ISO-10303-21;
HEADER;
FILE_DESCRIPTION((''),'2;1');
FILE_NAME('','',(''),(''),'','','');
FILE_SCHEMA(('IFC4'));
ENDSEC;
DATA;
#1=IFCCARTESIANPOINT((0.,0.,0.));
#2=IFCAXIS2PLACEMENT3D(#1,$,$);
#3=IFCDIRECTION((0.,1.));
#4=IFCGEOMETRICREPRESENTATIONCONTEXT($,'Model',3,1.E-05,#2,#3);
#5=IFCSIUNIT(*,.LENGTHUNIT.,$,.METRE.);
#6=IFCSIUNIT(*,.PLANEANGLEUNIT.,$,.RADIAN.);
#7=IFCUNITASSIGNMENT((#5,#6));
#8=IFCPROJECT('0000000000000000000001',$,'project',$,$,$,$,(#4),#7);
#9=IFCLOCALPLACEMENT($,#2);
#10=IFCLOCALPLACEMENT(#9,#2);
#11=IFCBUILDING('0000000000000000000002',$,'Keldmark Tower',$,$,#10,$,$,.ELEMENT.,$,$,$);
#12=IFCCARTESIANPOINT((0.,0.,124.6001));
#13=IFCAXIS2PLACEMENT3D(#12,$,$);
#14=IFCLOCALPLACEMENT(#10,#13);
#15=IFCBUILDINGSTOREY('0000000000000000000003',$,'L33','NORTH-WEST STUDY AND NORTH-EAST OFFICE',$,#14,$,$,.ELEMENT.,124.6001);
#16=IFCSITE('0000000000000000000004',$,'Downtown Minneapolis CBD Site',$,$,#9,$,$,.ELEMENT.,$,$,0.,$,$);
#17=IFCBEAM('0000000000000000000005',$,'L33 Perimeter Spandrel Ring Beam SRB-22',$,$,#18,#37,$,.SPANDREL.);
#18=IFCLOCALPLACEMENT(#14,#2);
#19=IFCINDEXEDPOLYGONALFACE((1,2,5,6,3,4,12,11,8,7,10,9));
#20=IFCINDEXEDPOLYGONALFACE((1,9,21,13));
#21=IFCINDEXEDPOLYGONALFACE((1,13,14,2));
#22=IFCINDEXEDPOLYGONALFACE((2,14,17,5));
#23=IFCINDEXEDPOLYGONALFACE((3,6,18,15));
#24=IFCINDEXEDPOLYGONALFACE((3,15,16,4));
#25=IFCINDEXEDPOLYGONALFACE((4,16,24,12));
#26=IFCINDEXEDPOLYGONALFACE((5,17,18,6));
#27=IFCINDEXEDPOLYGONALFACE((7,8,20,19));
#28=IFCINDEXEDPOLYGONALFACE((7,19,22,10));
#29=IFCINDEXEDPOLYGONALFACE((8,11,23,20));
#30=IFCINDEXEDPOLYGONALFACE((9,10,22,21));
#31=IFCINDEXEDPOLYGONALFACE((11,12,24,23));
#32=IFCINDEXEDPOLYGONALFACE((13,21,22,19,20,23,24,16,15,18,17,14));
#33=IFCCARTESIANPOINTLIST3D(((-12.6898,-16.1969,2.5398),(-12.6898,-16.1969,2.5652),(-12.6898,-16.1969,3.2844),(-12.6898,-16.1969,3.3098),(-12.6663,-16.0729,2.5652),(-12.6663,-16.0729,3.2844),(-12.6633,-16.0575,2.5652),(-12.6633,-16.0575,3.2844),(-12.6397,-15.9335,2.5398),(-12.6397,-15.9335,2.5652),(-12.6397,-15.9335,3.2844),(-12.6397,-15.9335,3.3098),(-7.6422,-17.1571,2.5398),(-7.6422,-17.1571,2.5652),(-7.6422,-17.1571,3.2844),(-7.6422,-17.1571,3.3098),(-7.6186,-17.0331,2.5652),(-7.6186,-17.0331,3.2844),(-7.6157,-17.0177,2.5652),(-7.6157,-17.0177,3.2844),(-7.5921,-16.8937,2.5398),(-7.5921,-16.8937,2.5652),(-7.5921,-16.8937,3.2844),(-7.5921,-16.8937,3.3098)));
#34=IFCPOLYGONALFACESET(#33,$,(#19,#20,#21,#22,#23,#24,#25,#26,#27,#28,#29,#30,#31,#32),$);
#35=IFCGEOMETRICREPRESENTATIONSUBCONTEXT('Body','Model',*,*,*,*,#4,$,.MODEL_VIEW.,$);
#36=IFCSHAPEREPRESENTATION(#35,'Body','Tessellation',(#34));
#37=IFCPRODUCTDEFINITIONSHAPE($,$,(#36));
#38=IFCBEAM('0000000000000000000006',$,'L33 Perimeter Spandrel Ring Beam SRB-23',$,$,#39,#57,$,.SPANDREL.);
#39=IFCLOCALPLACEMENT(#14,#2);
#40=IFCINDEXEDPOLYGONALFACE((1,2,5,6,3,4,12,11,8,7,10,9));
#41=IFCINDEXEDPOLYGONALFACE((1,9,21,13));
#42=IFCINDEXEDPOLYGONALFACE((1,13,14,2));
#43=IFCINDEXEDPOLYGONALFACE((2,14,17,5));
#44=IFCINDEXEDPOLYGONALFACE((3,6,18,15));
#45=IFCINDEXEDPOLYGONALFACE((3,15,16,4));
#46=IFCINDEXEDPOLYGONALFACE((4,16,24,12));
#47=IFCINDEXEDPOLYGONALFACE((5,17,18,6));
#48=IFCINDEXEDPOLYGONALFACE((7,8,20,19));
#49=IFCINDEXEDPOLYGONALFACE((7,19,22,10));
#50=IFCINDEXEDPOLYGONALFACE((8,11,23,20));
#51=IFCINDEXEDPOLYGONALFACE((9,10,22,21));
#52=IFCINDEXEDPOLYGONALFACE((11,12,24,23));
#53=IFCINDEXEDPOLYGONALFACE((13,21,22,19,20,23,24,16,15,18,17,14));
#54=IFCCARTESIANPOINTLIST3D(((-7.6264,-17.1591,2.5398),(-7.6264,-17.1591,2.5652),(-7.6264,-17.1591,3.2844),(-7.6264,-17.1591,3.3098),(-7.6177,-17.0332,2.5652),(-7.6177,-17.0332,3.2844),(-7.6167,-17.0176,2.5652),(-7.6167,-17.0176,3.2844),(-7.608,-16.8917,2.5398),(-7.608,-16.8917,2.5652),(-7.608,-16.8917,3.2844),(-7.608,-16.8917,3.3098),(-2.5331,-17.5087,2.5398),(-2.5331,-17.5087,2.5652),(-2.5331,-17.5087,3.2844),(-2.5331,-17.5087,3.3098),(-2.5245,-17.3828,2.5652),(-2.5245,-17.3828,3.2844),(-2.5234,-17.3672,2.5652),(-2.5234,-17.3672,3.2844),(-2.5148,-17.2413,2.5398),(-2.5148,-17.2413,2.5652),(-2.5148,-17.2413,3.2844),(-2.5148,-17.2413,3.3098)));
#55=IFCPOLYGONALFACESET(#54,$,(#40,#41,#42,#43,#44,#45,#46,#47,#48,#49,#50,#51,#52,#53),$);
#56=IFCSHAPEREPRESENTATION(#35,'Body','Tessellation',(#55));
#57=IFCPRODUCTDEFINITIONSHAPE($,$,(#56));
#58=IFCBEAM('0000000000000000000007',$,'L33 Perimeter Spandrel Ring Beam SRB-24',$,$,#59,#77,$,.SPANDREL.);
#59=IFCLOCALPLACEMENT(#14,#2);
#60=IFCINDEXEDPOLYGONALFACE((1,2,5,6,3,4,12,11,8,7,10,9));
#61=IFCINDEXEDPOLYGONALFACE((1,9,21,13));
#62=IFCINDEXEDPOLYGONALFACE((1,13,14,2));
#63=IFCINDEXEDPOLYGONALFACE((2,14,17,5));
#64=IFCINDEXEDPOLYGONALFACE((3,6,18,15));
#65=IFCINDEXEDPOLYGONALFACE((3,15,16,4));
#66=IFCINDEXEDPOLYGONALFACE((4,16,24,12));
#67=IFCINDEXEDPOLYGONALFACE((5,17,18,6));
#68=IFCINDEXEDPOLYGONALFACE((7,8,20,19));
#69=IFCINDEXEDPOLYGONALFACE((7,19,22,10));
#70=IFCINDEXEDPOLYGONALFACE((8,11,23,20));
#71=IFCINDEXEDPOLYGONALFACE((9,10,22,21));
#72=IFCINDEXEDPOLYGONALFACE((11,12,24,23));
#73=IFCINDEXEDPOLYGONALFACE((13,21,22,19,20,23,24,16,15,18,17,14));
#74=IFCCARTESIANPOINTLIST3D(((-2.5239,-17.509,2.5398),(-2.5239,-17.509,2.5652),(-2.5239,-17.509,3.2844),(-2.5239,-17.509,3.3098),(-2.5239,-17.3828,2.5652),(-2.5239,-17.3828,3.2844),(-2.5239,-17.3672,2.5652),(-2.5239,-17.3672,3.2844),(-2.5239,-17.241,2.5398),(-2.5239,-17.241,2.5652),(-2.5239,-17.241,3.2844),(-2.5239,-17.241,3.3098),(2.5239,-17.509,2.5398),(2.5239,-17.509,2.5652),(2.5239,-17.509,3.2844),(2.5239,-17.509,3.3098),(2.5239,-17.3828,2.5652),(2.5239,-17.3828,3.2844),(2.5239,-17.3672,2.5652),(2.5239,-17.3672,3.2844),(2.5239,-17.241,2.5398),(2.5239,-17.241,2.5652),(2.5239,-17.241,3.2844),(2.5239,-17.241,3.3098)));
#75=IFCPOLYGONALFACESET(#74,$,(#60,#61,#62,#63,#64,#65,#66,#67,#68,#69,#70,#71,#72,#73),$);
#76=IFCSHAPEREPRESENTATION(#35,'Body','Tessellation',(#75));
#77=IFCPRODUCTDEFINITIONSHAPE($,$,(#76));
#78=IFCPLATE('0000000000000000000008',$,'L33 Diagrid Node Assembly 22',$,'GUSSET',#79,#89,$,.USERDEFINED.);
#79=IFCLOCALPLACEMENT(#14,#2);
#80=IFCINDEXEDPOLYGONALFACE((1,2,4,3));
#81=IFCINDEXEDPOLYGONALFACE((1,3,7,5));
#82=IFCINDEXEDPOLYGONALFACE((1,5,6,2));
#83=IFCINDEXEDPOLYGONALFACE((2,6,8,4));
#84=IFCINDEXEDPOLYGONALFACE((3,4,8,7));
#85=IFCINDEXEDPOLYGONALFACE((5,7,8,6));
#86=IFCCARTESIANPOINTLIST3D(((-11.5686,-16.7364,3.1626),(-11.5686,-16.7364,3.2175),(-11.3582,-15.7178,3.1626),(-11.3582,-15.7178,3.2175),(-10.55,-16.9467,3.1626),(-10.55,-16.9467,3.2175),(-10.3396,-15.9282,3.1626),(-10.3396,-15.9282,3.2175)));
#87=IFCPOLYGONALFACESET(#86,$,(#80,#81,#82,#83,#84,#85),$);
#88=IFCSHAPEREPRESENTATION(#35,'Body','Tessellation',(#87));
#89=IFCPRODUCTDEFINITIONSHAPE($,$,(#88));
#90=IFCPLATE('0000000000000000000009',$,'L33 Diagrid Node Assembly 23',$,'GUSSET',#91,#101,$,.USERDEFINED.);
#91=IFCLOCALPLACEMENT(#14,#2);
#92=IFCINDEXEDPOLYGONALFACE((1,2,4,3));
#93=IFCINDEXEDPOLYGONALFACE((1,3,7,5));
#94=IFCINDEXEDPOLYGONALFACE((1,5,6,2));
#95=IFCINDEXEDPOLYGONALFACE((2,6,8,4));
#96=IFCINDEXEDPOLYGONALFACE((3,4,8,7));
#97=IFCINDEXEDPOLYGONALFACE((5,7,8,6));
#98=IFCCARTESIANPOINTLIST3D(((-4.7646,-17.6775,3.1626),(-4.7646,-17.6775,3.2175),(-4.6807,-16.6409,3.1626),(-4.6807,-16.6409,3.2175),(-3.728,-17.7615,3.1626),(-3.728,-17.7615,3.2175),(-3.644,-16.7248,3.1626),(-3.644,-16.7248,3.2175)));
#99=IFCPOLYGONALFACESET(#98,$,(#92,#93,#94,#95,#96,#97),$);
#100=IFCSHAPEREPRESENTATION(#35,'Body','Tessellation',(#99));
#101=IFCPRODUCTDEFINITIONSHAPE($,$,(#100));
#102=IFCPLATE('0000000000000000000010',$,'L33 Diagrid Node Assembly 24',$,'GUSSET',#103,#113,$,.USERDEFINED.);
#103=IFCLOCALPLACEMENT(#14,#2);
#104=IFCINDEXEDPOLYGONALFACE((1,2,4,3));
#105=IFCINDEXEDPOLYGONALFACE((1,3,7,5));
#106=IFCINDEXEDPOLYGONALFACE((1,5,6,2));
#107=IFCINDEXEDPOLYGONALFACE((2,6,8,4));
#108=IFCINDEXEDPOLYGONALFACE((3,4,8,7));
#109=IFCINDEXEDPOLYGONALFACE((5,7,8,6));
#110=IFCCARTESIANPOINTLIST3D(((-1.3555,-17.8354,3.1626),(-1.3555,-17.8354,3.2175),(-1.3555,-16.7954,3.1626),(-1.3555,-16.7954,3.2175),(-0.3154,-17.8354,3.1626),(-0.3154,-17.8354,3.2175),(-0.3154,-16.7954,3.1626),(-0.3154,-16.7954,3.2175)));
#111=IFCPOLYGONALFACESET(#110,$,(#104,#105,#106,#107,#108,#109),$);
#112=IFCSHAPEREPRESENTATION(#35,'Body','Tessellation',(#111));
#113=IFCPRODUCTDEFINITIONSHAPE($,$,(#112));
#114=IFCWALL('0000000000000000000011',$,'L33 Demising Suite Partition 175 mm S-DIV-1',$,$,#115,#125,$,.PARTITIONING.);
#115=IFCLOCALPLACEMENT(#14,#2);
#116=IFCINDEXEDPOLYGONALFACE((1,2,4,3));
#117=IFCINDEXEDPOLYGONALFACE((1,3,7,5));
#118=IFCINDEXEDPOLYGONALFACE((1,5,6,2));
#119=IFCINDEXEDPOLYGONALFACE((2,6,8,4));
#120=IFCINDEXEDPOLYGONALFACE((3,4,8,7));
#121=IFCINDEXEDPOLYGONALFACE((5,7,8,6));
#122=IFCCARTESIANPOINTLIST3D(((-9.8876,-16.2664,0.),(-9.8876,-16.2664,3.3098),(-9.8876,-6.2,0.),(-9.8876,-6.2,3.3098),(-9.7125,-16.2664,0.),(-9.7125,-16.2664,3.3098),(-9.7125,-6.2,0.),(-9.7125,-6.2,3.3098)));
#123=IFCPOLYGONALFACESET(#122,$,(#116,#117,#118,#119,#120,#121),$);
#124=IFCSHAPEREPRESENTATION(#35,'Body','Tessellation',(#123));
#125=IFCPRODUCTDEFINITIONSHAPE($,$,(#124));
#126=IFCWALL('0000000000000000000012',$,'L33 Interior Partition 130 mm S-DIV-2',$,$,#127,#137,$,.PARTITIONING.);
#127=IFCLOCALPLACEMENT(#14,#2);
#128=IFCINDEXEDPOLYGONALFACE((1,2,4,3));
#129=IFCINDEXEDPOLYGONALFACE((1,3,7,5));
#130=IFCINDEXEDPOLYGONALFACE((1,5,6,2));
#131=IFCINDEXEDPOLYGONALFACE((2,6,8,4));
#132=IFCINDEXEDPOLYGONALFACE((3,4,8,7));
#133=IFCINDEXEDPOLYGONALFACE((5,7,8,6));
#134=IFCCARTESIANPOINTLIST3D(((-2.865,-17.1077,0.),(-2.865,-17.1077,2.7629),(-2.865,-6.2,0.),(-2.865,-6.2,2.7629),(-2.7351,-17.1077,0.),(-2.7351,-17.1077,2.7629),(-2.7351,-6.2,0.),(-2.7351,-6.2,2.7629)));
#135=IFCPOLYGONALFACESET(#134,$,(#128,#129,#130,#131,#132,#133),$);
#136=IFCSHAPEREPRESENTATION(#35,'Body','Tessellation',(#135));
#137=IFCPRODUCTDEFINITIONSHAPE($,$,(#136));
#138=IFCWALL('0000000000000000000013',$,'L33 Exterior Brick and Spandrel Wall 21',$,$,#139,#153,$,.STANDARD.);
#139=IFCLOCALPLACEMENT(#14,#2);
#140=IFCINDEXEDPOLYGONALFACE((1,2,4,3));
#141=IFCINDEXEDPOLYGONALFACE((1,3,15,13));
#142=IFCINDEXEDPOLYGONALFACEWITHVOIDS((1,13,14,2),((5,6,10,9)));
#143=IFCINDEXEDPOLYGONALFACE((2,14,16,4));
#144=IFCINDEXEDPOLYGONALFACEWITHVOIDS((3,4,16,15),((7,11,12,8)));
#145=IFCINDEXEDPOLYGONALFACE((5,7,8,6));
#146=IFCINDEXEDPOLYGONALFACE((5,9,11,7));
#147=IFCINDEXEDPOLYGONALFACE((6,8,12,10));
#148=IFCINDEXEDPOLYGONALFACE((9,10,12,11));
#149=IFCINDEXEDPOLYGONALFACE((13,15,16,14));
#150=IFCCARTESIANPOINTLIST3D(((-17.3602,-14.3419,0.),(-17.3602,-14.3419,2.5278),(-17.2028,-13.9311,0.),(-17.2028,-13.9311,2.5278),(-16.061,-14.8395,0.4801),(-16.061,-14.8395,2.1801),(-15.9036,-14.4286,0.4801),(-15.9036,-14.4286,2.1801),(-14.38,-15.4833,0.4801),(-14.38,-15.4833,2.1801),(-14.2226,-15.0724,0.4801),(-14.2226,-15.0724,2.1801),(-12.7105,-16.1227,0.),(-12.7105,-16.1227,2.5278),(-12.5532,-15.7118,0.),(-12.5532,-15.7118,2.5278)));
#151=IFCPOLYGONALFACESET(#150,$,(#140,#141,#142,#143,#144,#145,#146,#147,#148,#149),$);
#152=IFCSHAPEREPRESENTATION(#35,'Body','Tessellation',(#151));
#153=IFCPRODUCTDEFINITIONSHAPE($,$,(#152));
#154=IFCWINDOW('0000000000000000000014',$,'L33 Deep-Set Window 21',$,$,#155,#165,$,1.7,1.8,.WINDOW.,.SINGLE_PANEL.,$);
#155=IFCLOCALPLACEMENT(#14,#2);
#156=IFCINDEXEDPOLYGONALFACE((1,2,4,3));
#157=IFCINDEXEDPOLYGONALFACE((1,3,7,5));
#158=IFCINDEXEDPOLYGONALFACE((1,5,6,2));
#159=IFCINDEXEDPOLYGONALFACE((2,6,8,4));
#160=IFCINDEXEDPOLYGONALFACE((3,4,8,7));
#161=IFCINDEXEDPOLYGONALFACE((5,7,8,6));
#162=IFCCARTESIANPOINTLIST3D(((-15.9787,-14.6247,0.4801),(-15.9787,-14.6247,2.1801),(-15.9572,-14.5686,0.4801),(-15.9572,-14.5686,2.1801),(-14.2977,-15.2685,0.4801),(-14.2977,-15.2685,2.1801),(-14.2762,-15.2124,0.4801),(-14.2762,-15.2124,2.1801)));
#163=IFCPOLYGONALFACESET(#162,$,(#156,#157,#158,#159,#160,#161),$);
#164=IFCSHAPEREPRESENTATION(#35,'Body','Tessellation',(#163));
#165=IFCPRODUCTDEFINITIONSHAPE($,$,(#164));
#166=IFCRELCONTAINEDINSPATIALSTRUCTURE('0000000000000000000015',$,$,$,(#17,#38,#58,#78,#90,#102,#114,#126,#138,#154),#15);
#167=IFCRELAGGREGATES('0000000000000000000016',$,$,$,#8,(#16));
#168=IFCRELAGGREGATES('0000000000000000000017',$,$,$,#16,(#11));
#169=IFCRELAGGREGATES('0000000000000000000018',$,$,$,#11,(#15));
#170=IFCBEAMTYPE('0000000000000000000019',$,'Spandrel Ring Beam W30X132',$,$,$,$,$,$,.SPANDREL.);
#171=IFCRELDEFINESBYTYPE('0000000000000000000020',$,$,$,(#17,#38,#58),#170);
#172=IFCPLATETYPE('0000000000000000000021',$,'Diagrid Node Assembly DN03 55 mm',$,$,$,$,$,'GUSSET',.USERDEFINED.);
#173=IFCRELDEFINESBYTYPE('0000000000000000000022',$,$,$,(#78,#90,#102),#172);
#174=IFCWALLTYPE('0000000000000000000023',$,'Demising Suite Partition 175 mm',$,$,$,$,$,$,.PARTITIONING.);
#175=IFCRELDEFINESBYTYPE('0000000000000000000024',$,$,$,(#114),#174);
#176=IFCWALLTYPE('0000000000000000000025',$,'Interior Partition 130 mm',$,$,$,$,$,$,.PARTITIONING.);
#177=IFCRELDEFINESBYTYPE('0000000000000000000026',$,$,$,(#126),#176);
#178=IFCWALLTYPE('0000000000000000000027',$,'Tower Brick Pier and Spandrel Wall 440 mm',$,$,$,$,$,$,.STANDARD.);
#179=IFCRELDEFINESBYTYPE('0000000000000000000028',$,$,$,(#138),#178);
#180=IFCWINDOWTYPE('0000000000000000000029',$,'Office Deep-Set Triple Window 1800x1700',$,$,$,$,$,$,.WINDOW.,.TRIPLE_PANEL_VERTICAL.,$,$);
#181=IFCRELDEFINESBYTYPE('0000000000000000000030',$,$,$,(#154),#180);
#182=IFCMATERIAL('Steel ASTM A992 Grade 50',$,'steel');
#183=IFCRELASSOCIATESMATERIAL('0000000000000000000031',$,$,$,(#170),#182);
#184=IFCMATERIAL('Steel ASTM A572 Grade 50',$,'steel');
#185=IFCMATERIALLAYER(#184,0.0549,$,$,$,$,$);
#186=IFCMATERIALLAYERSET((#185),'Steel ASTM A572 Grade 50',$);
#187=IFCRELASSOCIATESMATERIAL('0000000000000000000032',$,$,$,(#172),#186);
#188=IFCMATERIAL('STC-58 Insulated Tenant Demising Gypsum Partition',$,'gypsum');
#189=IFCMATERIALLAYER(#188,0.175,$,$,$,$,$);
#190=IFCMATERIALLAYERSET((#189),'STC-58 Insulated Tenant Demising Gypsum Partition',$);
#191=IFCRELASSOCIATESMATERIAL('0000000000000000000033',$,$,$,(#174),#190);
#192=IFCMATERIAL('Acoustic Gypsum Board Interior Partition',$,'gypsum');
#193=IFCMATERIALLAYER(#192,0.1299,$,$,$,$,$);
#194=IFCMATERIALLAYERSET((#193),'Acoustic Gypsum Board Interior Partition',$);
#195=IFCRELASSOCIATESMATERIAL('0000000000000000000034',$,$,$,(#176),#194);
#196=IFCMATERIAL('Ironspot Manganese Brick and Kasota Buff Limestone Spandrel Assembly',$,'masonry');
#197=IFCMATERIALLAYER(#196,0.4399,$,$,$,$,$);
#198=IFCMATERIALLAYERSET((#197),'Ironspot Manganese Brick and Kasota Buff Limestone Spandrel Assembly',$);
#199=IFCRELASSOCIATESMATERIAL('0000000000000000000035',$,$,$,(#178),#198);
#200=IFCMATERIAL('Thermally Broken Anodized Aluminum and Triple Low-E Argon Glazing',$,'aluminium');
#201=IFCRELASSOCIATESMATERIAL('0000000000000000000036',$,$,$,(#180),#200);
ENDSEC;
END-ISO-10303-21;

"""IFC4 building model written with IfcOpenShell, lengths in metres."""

from ifc_helpers import new_model, si_unit, direction, frame, frame_2d, origin, origin_2d, place, context, subcontext, project, spatial, rectangle, i_section, extrude, material, layer, layer_set, material_profile, profile_set, type_object, element, fill, save


model = new_model("IFC4")

# Units and contexts
model_context = context("Model", 3, precision=1e-05, world=origin(), true_north=direction((0.0, 1.0)))
body_context = subcontext(model_context, "Body", "Model", "MODEL_VIEW")
ifc_project = project(units=[si_unit("LENGTHUNIT", "METRE"), si_unit("PLANEANGLEUNIT", "RADIAN")], contexts=[model_context])

# Site, building, storey
site_placement = place(None, origin())
site = spatial("IfcSite", under=ifc_project, at=site_placement, Name="Downtown Minneapolis CBD Site", CompositionType="ELEMENT", RefElevation=0.0)
building_placement = place(site_placement, origin())
building = spatial("IfcBuilding", under=site, at=building_placement, Name="Keldmark Tower", CompositionType="ELEMENT")
storey_placement = place(building_placement, frame((0.0, 0.0, 124.6001)))
storey = spatial("IfcBuildingStorey", under=building, at=storey_placement, Name="L33", Description="NORTH-WEST STUDY AND NORTH-EAST OFFICE", CompositionType="ELEMENT", Elevation=124.6001)

# Beams
ifc_material_1 = material(Name="Steel ASTM A992 Grade 50", Category="steel")
ifc_material_profile_1 = material_profile(ifc_material_1, i_section(OverallWidth=0.2681, OverallDepth=0.77, WebThickness=0.0156, FlangeThickness=0.0254, at=origin_2d()), Name="W30X132")
ifc_profile_set_1 = profile_set([ifc_material_profile_1], Name="Steel ASTM A992 Grade 50")
beam_type_1 = type_object("IfcBeamType", Name="Spandrel Ring Beam W30X132", PredefinedType="SPANDREL", material=ifc_profile_set_1)
beam_1_placement = place(storey_placement, frame((-12.6648, -16.0652, 2.9248), z_axis=(0.982383, -0.186878, 0.0), x_axis=(0.186878, 0.982383, 0.0)))
element("IfcBeam", 1, at=beam_1_placement, inside=storey, type_object=beam_type_1, Name="L33 Perimeter Spandrel Ring Beam SRB-22", PredefinedType="SPANDREL", context=body_context, shape_type="SweptSolid", body=[
    extrude(i_section(OverallWidth=0.2681, OverallDepth=0.77, WebThickness=0.0156, FlangeThickness=0.0254, at=origin_2d()), origin(), (0.0, 0.0, 1.0), 5.1382),
])
beam_2_placement = place(storey_placement, frame((-7.6172, -17.0254, 2.9248), z_axis=(0.997652, -0.06848, 0.0), x_axis=(0.06848, 0.997652, 0.0)))
element("IfcBeam", 2, at=beam_2_placement, inside=storey, type_object=beam_type_1, Name="L33 Perimeter Spandrel Ring Beam SRB-23", PredefinedType="SPANDREL", context=body_context, shape_type="SweptSolid", body=[
    extrude(i_section(OverallWidth=0.2681, OverallDepth=0.77, WebThickness=0.0156, FlangeThickness=0.0254, at=origin_2d()), origin(), (0.0, 0.0, 1.0), 5.1052),
])
beam_3_placement = place(storey_placement, frame((-2.5239, -17.375, 2.9248), z_axis=(1.0, 0.0, 0.0), x_axis=(0.0, 1.0, 0.0)))
element("IfcBeam", 3, at=beam_3_placement, inside=storey, type_object=beam_type_1, Name="L33 Perimeter Spandrel Ring Beam SRB-24", PredefinedType="SPANDREL", context=body_context, shape_type="SweptSolid", body=[
    extrude(i_section(OverallWidth=0.2681, OverallDepth=0.77, WebThickness=0.0156, FlangeThickness=0.0254, at=origin_2d()), origin(), (0.0, 0.0, 1.0), 5.0479),
])

# Plates
ifc_material_2 = material(Name="Steel ASTM A572 Grade 50", Category="steel")
ifc_layer_1 = layer(ifc_material_2, 0.0549)
ifc_layer_set_1 = layer_set([ifc_layer_1], Name="Steel ASTM A572 Grade 50")
plate_type = type_object("IfcPlateType", Name="Diagrid Node Assembly DN03 55 mm", ElementType="GUSSET", PredefinedType="USERDEFINED", material=ifc_layer_set_1)
for number, where, z_axis, x_axis, name in (
    (4, (-10.9541, -16.3323, 3.1626), (0.0, 0.0, 1.0), (0.979329, -0.202275, 0.0), "L33 Diagrid Node Assembly 22"),
    (5, (-4.2043, -17.2012, 3.1626), (0.0, 0.0, 1.0), (0.996737, -0.080721, 0.0), "L33 Diagrid Node Assembly 23"),
    (6, (-0.8354, -17.3154, 3.1626), (0.0, 0.0, 1.0), (1.0, 0.0, 0.0), "L33 Diagrid Node Assembly 24"),
):
    element("IfcPlate", number, at=place(storey_placement, frame(where, z_axis=z_axis, x_axis=x_axis)), inside=storey, type_object=plate_type, Name=name, ObjectType="GUSSET", PredefinedType="USERDEFINED", context=body_context, shape_type="SweptSolid", body=[
        extrude(rectangle(XDim=1.04, YDim=1.04, at=origin_2d()), origin(), (0.0, 0.0, 1.0), 0.0549),
    ])

# Wall
ifc_material_3 = material(Name="STC-58 Insulated Tenant Demising Gypsum Partition", Category="gypsum")
ifc_layer_2 = layer(ifc_material_3, 0.175)
ifc_layer_set_2 = layer_set([ifc_layer_2], Name="STC-58 Insulated Tenant Demising Gypsum Partition")
wall_type_1 = type_object("IfcWallType", Name="Demising Suite Partition 175 mm", PredefinedType="PARTITIONING", material=ifc_layer_set_2)
wall_1_placement = place(storey_placement, frame((-9.8, -16.2664, 0.0), z_axis=(0.0, 0.0, 1.0), x_axis=(0.0, 1.0, 0.0)))
element("IfcWall", 7, at=wall_1_placement, inside=storey, type_object=wall_type_1, Name="L33 Demising Suite Partition 175 mm S-DIV-1", PredefinedType="PARTITIONING", context=body_context, shape_type="SweptSolid", body=[
    extrude(rectangle(XDim=10.0664, YDim=0.175, at=frame_2d((5.0332, 0.0))), origin(), (0.0, 0.0, 1.0), 3.3098),
])

# Wall
ifc_material_4 = material(Name="Acoustic Gypsum Board Interior Partition", Category="gypsum")
ifc_layer_3 = layer(ifc_material_4, 0.1299)
ifc_layer_set_3 = layer_set([ifc_layer_3], Name="Acoustic Gypsum Board Interior Partition")
wall_type_2 = type_object("IfcWallType", Name="Interior Partition 130 mm", PredefinedType="PARTITIONING", material=ifc_layer_set_3)
wall_2_placement = place(storey_placement, frame((-2.8, -17.1077, 0.0), z_axis=(0.0, 0.0, 1.0), x_axis=(0.0, 1.0, 0.0)))
element("IfcWall", 8, at=wall_2_placement, inside=storey, type_object=wall_type_2, Name="L33 Interior Partition 130 mm S-DIV-2", PredefinedType="PARTITIONING", context=body_context, shape_type="SweptSolid", body=[
    extrude(rectangle(XDim=10.9077, YDim=0.1299, at=frame_2d((5.4539, 0.0))), origin(), (0.0, 0.0, 1.0), 2.7629),
])

# Wall, opening, window
ifc_material_5 = material(Name="Ironspot Manganese Brick and Kasota Buff Limestone Spandrel Assembly", Category="masonry")
ifc_layer_4 = layer(ifc_material_5, 0.4399)
ifc_layer_set_4 = layer_set([ifc_layer_4], Name="Ironspot Manganese Brick and Kasota Buff Limestone Spandrel Assembly")
wall_type_3 = type_object("IfcWallType", Name="Tower Brick Pier and Spandrel Wall 440 mm", PredefinedType="STANDARD", material=ifc_layer_set_4)
wall_3_placement = place(storey_placement, frame((-12.6318, -15.9172, 0.0), z_axis=(0.0, 0.0, 1.0), x_axis=(-0.933854, 0.357655, 0.0)))
wall_3 = element("IfcWall", 9, at=wall_3_placement, inside=storey, type_object=wall_type_3, Name="L33 Exterior Brick and Spandrel Wall 21", PredefinedType="STANDARD", context=body_context, shape_type="SweptSolid", body=[
    extrude(rectangle(XDim=4.979, YDim=0.4399, at=frame_2d((2.4895, 0.0))), origin(), (0.0, 0.0, 1.0), 2.5278),
])
opening_1_placement = place(wall_3_placement, frame((1.7878, 0.0, 0.48)))
opening_1 = element("IfcOpeningElement", 10, at=opening_1_placement, cuts=wall_3, PredefinedType="OPENING", context=body_context, shape_type="SweptSolid", body=[
    extrude(rectangle(XDim=1.8, YDim=1.7, at=frame_2d((0.8999, 0.8501))), frame((0.0, 0.23, 0.0), z_axis=(0.0, -1.0, 0.0), x_axis=(1.0, 0.0, 0.0)), (0.0, 0.0, 1.0), 0.46),
])
ifc_material_6 = material(Name="Thermally Broken Anodized Aluminum and Triple Low-E Argon Glazing", Category="aluminium")
window_type = type_object("IfcWindowType", Name="Office Deep-Set Triple Window 1800x1700", PartitioningType="TRIPLE_PANEL_VERTICAL", PredefinedType="WINDOW", material=ifc_material_6)
window_1_placement = place(opening_1_placement, origin())
window_1 = element("IfcWindow", 11, at=window_1_placement, inside=storey, type_object=window_type, Name="L33 Deep-Set Window 21", OverallHeight=1.7, OverallWidth=1.8, PartitioningType="SINGLE_PANEL", PredefinedType="WINDOW", context=body_context, shape_type="SweptSolid", body=[
    extrude(rectangle(XDim=1.8, YDim=1.7, at=frame_2d((0.8999, 0.8501))), frame((0.0, -0.01, 0.0), z_axis=(0.0, -1.0, 0.0), x_axis=(1.0, 0.0, 0.0)), (0.0, 0.0, 1.0), 0.0601),
])
fill(opening_1, window_1)

save(model, "model.ifc")
